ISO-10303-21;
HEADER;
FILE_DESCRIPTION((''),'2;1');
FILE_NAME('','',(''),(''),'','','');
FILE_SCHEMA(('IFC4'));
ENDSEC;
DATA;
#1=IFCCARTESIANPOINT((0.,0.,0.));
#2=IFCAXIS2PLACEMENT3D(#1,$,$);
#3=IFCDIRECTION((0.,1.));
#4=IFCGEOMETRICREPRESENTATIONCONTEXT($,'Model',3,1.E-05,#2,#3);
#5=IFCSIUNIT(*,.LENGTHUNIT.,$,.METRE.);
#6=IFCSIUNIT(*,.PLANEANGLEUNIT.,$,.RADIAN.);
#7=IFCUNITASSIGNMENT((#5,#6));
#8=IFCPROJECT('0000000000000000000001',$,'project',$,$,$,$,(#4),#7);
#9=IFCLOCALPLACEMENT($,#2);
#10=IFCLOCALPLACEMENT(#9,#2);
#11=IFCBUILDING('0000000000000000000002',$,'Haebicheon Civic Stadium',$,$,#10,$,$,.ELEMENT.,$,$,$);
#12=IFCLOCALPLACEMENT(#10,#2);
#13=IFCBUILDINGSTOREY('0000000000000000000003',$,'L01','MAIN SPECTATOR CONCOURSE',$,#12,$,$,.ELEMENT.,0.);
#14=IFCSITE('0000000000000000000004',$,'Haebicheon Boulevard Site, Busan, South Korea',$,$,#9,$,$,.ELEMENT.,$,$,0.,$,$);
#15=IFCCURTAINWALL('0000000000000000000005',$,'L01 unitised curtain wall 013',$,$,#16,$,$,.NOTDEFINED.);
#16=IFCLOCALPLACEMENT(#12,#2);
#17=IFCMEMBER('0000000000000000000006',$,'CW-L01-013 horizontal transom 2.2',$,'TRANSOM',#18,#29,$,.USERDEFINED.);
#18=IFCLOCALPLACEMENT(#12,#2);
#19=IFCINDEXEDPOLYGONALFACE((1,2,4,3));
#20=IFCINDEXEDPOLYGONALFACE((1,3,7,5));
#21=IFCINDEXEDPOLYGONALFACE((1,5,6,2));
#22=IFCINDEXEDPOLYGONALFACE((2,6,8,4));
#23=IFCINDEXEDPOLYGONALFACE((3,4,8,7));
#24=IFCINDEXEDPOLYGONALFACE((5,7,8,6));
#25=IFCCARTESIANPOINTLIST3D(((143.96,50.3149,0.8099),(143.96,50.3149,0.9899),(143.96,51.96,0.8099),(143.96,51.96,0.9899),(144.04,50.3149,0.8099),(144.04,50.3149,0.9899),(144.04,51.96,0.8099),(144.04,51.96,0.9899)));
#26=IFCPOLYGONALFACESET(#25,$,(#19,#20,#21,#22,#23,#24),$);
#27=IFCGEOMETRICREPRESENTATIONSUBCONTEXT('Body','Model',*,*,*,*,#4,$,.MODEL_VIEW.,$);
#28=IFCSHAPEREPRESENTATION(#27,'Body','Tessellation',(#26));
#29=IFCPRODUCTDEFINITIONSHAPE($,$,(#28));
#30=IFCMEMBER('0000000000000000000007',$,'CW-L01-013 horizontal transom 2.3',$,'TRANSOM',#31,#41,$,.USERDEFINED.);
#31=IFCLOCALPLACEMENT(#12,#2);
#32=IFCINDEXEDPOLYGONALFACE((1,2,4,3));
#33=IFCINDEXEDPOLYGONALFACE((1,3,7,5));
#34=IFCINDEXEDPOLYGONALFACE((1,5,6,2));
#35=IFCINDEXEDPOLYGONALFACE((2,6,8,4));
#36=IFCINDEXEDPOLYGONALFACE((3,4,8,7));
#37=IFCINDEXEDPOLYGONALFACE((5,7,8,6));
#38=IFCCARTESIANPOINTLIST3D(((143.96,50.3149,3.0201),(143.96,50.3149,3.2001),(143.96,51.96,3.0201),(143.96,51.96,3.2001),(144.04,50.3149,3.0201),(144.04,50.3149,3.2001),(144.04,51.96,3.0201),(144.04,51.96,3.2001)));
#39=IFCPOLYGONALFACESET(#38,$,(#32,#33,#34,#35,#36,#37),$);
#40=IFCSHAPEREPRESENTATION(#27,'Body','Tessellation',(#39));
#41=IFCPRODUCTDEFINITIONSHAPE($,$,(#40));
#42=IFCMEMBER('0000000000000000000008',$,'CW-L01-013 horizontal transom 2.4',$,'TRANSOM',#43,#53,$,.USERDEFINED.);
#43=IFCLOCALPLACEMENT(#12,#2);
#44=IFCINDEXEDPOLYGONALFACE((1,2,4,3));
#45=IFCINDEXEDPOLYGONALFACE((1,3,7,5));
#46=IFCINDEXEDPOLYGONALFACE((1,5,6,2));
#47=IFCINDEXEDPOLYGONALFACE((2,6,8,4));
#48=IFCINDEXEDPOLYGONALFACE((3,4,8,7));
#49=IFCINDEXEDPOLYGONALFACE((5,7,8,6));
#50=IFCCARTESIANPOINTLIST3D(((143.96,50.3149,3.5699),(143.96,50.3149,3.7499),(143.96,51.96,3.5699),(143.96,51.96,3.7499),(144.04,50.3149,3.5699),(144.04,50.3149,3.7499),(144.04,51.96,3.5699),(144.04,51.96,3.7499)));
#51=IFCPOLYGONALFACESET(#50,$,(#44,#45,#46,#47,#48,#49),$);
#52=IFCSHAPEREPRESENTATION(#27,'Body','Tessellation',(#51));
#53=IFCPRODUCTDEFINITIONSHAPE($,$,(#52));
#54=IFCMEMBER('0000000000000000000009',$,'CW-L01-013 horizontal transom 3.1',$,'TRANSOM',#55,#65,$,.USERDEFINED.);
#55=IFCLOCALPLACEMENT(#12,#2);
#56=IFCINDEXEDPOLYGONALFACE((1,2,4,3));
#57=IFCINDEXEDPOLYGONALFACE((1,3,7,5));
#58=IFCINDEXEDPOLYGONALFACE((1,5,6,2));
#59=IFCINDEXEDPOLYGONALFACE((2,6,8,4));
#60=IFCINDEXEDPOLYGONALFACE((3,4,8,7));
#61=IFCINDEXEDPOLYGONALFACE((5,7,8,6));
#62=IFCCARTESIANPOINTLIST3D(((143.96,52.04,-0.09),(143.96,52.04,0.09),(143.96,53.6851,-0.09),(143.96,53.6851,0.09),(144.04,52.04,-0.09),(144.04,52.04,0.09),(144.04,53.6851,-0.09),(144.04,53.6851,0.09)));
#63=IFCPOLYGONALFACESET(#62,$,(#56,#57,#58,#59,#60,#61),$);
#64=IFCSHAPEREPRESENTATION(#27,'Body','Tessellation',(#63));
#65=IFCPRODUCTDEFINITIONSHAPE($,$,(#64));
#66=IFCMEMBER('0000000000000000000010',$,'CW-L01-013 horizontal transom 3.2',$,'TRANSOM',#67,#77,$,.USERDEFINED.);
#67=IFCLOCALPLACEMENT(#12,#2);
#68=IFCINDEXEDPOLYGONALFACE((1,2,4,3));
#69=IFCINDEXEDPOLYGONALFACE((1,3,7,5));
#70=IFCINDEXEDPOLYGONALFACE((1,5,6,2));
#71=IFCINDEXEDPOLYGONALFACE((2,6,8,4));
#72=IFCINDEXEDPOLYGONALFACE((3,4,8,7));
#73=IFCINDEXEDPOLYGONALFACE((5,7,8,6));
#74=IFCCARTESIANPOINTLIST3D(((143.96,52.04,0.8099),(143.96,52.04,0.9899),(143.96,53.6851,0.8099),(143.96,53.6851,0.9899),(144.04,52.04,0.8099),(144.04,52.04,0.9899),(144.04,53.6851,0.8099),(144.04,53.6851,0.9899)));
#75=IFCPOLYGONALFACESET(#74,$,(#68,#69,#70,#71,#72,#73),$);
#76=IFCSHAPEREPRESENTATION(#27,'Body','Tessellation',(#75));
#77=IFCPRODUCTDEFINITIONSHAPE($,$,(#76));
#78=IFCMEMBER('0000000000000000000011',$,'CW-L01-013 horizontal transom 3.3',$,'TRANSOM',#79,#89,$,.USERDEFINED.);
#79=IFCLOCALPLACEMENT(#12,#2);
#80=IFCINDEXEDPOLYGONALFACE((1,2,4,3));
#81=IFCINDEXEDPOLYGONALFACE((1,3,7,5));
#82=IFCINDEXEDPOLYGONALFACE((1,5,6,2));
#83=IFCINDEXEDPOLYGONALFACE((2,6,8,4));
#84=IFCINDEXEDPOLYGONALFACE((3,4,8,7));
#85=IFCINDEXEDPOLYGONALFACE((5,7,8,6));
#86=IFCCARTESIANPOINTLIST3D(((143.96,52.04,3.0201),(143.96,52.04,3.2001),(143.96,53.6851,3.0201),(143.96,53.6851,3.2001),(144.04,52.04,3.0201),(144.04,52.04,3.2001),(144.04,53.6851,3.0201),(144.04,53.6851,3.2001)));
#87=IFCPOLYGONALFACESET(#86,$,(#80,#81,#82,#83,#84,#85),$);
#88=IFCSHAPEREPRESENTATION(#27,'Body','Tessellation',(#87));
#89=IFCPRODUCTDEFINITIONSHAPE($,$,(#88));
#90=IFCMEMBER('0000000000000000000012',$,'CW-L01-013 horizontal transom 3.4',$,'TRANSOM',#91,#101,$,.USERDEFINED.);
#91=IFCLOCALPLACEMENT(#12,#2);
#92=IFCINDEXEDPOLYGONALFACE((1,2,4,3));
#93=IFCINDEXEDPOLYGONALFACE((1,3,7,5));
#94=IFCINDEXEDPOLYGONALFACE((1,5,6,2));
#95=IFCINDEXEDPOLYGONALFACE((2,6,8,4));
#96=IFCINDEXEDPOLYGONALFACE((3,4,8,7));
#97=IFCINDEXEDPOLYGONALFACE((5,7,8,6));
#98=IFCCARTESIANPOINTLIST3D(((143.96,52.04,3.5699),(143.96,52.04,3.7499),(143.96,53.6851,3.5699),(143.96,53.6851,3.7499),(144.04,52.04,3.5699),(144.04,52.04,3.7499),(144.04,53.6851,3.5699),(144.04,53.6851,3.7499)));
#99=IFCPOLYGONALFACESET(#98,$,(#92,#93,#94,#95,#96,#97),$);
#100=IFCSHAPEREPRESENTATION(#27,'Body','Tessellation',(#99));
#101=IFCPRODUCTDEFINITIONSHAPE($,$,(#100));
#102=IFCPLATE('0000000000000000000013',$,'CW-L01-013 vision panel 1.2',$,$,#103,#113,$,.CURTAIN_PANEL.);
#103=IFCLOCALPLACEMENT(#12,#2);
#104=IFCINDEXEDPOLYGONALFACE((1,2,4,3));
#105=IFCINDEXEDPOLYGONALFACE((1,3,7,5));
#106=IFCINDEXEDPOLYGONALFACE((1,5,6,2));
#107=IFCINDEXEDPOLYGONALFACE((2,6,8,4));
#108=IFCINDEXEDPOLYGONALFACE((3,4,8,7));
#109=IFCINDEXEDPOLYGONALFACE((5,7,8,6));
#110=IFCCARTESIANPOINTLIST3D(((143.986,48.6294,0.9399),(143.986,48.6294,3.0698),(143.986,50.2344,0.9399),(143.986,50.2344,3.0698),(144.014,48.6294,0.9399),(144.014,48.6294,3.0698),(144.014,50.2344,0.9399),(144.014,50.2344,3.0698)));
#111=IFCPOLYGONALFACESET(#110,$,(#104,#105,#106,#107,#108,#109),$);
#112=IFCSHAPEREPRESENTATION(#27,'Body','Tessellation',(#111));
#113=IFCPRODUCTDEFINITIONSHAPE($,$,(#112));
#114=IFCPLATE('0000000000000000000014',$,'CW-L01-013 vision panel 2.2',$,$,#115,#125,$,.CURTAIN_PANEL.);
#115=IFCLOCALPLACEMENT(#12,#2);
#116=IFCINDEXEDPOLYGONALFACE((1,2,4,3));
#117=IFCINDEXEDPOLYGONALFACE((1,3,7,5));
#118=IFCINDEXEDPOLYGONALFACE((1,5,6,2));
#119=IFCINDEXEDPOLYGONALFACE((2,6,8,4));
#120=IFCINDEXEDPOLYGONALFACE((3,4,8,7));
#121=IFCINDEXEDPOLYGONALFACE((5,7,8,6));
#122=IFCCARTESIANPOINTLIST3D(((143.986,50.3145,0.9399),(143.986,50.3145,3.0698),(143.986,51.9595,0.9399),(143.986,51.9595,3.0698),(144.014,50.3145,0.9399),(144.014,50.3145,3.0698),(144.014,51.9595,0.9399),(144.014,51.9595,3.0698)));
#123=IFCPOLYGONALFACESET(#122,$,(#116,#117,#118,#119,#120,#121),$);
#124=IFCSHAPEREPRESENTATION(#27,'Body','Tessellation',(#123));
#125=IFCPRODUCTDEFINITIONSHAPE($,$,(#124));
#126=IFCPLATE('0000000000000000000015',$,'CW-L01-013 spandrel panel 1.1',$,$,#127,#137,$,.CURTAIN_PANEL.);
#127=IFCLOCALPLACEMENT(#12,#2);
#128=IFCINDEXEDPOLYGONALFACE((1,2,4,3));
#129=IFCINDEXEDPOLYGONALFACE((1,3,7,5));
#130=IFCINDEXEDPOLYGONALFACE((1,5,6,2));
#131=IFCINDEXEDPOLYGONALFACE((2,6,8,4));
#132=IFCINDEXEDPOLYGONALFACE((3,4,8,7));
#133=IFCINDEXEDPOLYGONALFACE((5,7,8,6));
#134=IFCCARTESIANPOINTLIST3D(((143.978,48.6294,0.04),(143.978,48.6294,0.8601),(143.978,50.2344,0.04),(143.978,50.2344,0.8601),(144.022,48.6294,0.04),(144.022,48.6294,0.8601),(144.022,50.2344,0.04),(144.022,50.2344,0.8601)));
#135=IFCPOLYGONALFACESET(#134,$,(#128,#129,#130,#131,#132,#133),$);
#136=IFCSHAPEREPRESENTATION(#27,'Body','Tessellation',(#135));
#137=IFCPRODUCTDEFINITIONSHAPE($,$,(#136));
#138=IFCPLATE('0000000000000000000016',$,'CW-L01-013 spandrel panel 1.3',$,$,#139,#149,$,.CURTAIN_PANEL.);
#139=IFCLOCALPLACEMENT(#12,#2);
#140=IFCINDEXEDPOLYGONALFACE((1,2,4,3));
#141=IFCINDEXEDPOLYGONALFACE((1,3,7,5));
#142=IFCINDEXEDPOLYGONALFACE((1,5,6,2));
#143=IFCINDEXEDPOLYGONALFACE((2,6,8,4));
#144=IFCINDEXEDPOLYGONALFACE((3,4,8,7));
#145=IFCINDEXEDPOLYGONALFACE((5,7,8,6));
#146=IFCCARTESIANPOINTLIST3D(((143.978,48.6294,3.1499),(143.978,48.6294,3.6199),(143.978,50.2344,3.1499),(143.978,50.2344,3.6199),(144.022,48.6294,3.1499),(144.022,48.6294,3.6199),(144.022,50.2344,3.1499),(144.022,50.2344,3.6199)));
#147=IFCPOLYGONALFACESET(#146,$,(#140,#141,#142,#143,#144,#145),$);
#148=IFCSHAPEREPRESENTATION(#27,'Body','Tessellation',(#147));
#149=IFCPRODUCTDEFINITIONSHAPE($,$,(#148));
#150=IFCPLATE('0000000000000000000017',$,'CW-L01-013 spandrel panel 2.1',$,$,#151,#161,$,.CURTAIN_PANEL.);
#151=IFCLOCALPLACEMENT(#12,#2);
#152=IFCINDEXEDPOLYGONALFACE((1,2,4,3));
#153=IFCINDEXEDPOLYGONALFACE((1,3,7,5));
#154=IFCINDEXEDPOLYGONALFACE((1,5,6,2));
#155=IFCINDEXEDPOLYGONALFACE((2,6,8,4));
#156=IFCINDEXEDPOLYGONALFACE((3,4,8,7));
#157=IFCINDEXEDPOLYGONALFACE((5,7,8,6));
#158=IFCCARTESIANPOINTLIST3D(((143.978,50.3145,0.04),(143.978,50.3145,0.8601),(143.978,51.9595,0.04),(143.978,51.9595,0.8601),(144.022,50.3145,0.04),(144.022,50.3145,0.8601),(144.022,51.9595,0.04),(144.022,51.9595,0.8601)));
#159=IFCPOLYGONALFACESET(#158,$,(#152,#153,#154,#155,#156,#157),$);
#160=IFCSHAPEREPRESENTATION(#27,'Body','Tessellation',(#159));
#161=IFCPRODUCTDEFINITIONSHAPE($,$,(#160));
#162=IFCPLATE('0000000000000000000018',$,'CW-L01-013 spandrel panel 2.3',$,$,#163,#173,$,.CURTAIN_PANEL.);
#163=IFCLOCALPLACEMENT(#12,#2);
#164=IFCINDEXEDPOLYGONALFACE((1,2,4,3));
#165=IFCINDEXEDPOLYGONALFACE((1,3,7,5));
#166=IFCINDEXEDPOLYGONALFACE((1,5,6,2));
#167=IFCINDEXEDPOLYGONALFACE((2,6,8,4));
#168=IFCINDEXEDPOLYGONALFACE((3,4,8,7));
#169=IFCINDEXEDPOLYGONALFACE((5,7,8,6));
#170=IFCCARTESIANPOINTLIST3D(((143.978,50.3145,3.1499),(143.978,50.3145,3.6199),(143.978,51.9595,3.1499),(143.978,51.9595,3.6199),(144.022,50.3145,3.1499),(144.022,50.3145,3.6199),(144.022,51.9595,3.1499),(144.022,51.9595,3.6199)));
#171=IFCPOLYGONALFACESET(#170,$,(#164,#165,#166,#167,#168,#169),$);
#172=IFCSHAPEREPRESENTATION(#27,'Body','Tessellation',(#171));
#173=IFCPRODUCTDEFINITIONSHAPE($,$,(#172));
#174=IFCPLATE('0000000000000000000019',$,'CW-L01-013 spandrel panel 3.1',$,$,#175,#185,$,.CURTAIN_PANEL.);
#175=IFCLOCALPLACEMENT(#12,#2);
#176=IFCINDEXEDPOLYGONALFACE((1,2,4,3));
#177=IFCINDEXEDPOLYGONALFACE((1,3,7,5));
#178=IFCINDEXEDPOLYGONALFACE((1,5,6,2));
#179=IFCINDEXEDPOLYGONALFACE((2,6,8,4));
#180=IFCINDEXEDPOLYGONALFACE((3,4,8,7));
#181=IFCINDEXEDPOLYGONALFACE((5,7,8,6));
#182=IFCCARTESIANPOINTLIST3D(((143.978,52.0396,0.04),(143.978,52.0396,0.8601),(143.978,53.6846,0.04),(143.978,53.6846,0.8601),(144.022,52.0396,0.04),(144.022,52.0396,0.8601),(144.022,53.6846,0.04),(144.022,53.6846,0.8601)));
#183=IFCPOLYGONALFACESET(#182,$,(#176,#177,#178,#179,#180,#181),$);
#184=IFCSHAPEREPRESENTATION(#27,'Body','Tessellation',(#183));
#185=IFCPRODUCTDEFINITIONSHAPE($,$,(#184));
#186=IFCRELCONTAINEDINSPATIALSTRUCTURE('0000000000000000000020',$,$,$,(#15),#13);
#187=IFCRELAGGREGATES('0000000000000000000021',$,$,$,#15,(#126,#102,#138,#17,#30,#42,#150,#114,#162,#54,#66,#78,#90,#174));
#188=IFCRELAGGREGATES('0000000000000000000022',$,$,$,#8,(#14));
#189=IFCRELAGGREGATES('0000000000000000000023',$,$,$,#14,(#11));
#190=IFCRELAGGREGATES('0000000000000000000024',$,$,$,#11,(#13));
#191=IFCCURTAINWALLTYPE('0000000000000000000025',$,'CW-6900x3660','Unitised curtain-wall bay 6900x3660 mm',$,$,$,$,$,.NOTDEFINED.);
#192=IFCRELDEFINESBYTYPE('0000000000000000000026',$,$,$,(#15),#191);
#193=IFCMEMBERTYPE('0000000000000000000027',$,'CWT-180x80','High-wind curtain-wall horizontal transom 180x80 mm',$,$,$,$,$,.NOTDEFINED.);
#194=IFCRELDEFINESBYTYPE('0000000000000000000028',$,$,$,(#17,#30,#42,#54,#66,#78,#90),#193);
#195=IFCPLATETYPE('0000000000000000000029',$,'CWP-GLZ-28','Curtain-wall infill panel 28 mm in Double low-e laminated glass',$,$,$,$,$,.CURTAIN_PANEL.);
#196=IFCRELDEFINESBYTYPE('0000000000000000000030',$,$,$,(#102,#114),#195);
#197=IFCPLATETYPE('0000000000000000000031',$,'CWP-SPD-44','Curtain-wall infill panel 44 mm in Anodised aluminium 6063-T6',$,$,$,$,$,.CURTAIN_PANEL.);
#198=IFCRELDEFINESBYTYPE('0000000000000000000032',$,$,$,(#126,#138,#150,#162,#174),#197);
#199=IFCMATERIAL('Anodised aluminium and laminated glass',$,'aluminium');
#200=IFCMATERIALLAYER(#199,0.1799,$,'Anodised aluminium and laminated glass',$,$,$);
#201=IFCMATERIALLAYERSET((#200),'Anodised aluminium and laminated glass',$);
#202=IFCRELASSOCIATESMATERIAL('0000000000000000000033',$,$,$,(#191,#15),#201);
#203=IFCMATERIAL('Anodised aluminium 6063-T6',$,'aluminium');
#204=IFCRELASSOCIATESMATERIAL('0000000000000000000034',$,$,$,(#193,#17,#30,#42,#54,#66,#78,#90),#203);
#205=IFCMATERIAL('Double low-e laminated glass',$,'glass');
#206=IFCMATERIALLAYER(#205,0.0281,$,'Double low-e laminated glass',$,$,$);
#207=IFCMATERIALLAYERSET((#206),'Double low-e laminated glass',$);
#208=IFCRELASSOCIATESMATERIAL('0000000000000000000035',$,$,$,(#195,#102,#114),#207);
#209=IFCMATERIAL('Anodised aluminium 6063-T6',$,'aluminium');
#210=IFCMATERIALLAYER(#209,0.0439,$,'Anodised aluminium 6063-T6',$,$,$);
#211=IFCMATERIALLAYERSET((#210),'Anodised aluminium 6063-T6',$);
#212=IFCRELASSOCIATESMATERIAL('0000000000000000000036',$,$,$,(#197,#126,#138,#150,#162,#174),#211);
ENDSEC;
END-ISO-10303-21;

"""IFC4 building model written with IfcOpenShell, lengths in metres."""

from ifc_helpers import new_model, si_unit, direction, frame, origin, origin_2d, place, context, subcontext, project, spatial, rectangle, extrude, material, layer, layer_set, material_profile, profile_set, type_object, element, aggregate, save


model = new_model("IFC4")

# Units and contexts
model_context = context("Model", 3, precision=1e-05, world=origin(), true_north=direction((0.0, 1.0)))
body_context = subcontext(model_context, "Body", "Model", "MODEL_VIEW")
ifc_project = project(units=[si_unit("LENGTHUNIT", "METRE"), si_unit("PLANEANGLEUNIT", "RADIAN")], contexts=[model_context])

# Site, building, storey
site_placement = place(None, origin())
site = spatial("IfcSite", under=ifc_project, at=site_placement, Name="Haebicheon Boulevard Site, Busan, South Korea", CompositionType="ELEMENT", RefElevation=0.0)
building_placement = place(site_placement, origin())
building = spatial("IfcBuilding", under=site, at=building_placement, Name="Haebicheon Civic Stadium", CompositionType="ELEMENT")
storey_placement = place(building_placement, origin())
storey = spatial("IfcBuildingStorey", under=building, at=storey_placement, Name="L01", Description="MAIN SPECTATOR CONCOURSE", CompositionType="ELEMENT", Elevation=0.0)

# Curtain wall, members, plates
ifc_material_1 = material(Name="Anodised aluminium and laminated glass", Category="aluminium")
ifc_layer_1 = layer(ifc_material_1, 0.1799, Name="Anodised aluminium and laminated glass")
ifc_layer_set_1 = layer_set([ifc_layer_1], Name="Anodised aluminium and laminated glass")
curtain_wall_type = type_object("IfcCurtainWallType", Name="CW-6900x3660", Description="Unitised curtain-wall bay 6900x3660 mm", PredefinedType="NOTDEFINED", material=ifc_layer_set_1)
curtain_wall_placement = place(storey_placement, origin())
curtain_wall = element("IfcCurtainWall", 1, at=curtain_wall_placement, inside=storey, type_object=curtain_wall_type, material=ifc_layer_set_1, Name="L01 unitised curtain wall 013", PredefinedType="NOTDEFINED")
ifc_material_2 = material(Name="Anodised aluminium 6063-T6", Category="aluminium")
ifc_material_profile_1 = material_profile(ifc_material_2, rectangle(XDim=0.0801, YDim=0.1799, at=origin_2d()), Name="ALU-TRAN-80x180")
ifc_profile_set_1 = profile_set([ifc_material_profile_1], Name="Anodised aluminium 6063-T6")
member_type_1 = type_object("IfcMemberType", Name="CWT-180x80", Description="High-wind curtain-wall horizontal transom 180x80 mm", PredefinedType="NOTDEFINED", material=ifc_profile_set_1)
member_1_placement = place(storey_placement, frame((144.0, 50.3149, 0.8999), z_axis=(0.0, 1.0, 0.0), x_axis=(-1.0, 0.0, 0.0)))
member_1 = element("IfcMember", 2, at=member_1_placement, type_object=member_type_1, material=ifc_profile_set_1, Name="CW-L01-013 horizontal transom 2.2", ObjectType="TRANSOM", PredefinedType="USERDEFINED", context=body_context, shape_type="SweptSolid", body=[
    extrude(rectangle(XDim=0.0801, YDim=0.1799, at=origin_2d()), origin(), (0.0, 0.0, 1.0), 1.645),
])
member_2_placement = place(storey_placement, frame((144.0, 50.3149, 3.1101), z_axis=(0.0, 1.0, 0.0), x_axis=(-1.0, 0.0, 0.0)))
member_2 = element("IfcMember", 3, at=member_2_placement, type_object=member_type_1, material=ifc_profile_set_1, Name="CW-L01-013 horizontal transom 2.3", ObjectType="TRANSOM", PredefinedType="USERDEFINED", context=body_context, shape_type="SweptSolid", body=[
    extrude(rectangle(XDim=0.0801, YDim=0.1799, at=origin_2d()), origin(), (0.0, 0.0, 1.0), 1.645),
])
member_3_placement = place(storey_placement, frame((144.0, 50.3149, 3.6599), z_axis=(0.0, 1.0, 0.0), x_axis=(-1.0, 0.0, 0.0)))
member_3 = element("IfcMember", 4, at=member_3_placement, type_object=member_type_1, material=ifc_profile_set_1, Name="CW-L01-013 horizontal transom 2.4", ObjectType="TRANSOM", PredefinedType="USERDEFINED", context=body_context, shape_type="SweptSolid", body=[
    extrude(rectangle(XDim=0.0801, YDim=0.1799, at=origin_2d()), origin(), (0.0, 0.0, 1.0), 1.645),
])
member_4_placement = place(storey_placement, frame((144.0, 52.04, 0.0), z_axis=(0.0, 1.0, 0.0), x_axis=(-1.0, 0.0, 0.0)))
member_4 = element("IfcMember", 5, at=member_4_placement, type_object=member_type_1, material=ifc_profile_set_1, Name="CW-L01-013 horizontal transom 3.1", ObjectType="TRANSOM", PredefinedType="USERDEFINED", context=body_context, shape_type="SweptSolid", body=[
    extrude(rectangle(XDim=0.0801, YDim=0.1799, at=origin_2d()), origin(), (0.0, 0.0, 1.0), 1.645),
])
member_5_placement = place(storey_placement, frame((144.0, 52.04, 0.8999), z_axis=(0.0, 1.0, 0.0), x_axis=(-1.0, 0.0, 0.0)))
member_5 = element("IfcMember", 6, at=member_5_placement, type_object=member_type_1, material=ifc_profile_set_1, Name="CW-L01-013 horizontal transom 3.2", ObjectType="TRANSOM", PredefinedType="USERDEFINED", context=body_context, shape_type="SweptSolid", body=[
    extrude(rectangle(XDim=0.0801, YDim=0.1799, at=origin_2d()), origin(), (0.0, 0.0, 1.0), 1.645),
])
member_6_placement = place(storey_placement, frame((144.0, 52.04, 3.1101), z_axis=(0.0, 1.0, 0.0), x_axis=(-1.0, 0.0, 0.0)))
member_6 = element("IfcMember", 7, at=member_6_placement, type_object=member_type_1, material=ifc_profile_set_1, Name="CW-L01-013 horizontal transom 3.3", ObjectType="TRANSOM", PredefinedType="USERDEFINED", context=body_context, shape_type="SweptSolid", body=[
    extrude(rectangle(XDim=0.0801, YDim=0.1799, at=origin_2d()), origin(), (0.0, 0.0, 1.0), 1.645),
])
member_7_placement = place(storey_placement, frame((144.0, 52.04, 3.6599), z_axis=(0.0, 1.0, 0.0), x_axis=(-1.0, 0.0, 0.0)))
member_7 = element("IfcMember", 8, at=member_7_placement, type_object=member_type_1, material=ifc_profile_set_1, Name="CW-L01-013 horizontal transom 3.4", ObjectType="TRANSOM", PredefinedType="USERDEFINED", context=body_context, shape_type="SweptSolid", body=[
    extrude(rectangle(XDim=0.0801, YDim=0.1799, at=origin_2d()), origin(), (0.0, 0.0, 1.0), 1.645),
])
ifc_material_3 = material(Name="Double low-e laminated glass", Category="glass")
ifc_layer_2 = layer(ifc_material_3, 0.0281, Name="Double low-e laminated glass")
ifc_layer_set_2 = layer_set([ifc_layer_2], Name="Double low-e laminated glass")
plate_type_1 = type_object("IfcPlateType", Name="CWP-GLZ-28", Description="Curtain-wall infill panel 28 mm in Double low-e laminated glass", PredefinedType="CURTAIN_PANEL", material=ifc_layer_set_2)
plate_1_placement = place(storey_placement, frame((144.0, 49.4319, 0.9399), z_axis=(0.0, 0.0, 1.0), x_axis=(0.0, 1.0, 0.0)))
plate_1 = element("IfcPlate", 9, at=plate_1_placement, type_object=plate_type_1, material=ifc_layer_set_2, Name="CW-L01-013 vision panel 1.2", PredefinedType="CURTAIN_PANEL", context=body_context, shape_type="SweptSolid", body=[
    extrude(rectangle(XDim=1.605, YDim=0.0281, at=origin_2d()), origin(), (0.0, 0.0, 1.0), 2.1299),
])
plate_2_placement = place(storey_placement, frame((144.0, 51.137, 0.9399), z_axis=(0.0, 0.0, 1.0), x_axis=(0.0, 1.0, 0.0)))
plate_2 = element("IfcPlate", 10, at=plate_2_placement, type_object=plate_type_1, material=ifc_layer_set_2, Name="CW-L01-013 vision panel 2.2", PredefinedType="CURTAIN_PANEL", context=body_context, shape_type="SweptSolid", body=[
    extrude(rectangle(XDim=1.645, YDim=0.0281, at=origin_2d()), origin(), (0.0, 0.0, 1.0), 2.1299),
])
ifc_material_4 = material(Name="Anodised aluminium 6063-T6", Category="aluminium")
ifc_layer_3 = layer(ifc_material_4, 0.0439, Name="Anodised aluminium 6063-T6")
ifc_layer_set_3 = layer_set([ifc_layer_3], Name="Anodised aluminium 6063-T6")
plate_type_2 = type_object("IfcPlateType", Name="CWP-SPD-44", Description="Curtain-wall infill panel 44 mm in Anodised aluminium 6063-T6", PredefinedType="CURTAIN_PANEL", material=ifc_layer_set_3)
plate_3_placement = place(storey_placement, frame((144.0, 49.4319, 0.04), z_axis=(0.0, 0.0, 1.0), x_axis=(0.0, 1.0, 0.0)))
plate_3 = element("IfcPlate", 11, at=plate_3_placement, type_object=plate_type_2, material=ifc_layer_set_3, Name="CW-L01-013 spandrel panel 1.1", PredefinedType="CURTAIN_PANEL", context=body_context, shape_type="SweptSolid", body=[
    extrude(rectangle(XDim=1.605, YDim=0.0439, at=origin_2d()), origin(), (0.0, 0.0, 1.0), 0.8201),
])
plate_4_placement = place(storey_placement, frame((144.0, 49.4319, 3.1499), z_axis=(0.0, 0.0, 1.0), x_axis=(0.0, 1.0, 0.0)))
plate_4 = element("IfcPlate", 12, at=plate_4_placement, type_object=plate_type_2, material=ifc_layer_set_3, Name="CW-L01-013 spandrel panel 1.3", PredefinedType="CURTAIN_PANEL", context=body_context, shape_type="SweptSolid", body=[
    extrude(rectangle(XDim=1.605, YDim=0.0439, at=origin_2d()), origin(), (0.0, 0.0, 1.0), 0.47),
])
plate_5_placement = place(storey_placement, frame((144.0, 51.137, 0.04), z_axis=(0.0, 0.0, 1.0), x_axis=(0.0, 1.0, 0.0)))
plate_5 = element("IfcPlate", 13, at=plate_5_placement, type_object=plate_type_2, material=ifc_layer_set_3, Name="CW-L01-013 spandrel panel 2.1", PredefinedType="CURTAIN_PANEL", context=body_context, shape_type="SweptSolid", body=[
    extrude(rectangle(XDim=1.645, YDim=0.0439, at=origin_2d()), origin(), (0.0, 0.0, 1.0), 0.8201),
])
plate_6_placement = place(storey_placement, frame((144.0, 51.137, 3.1499), z_axis=(0.0, 0.0, 1.0), x_axis=(0.0, 1.0, 0.0)))
plate_6 = element("IfcPlate", 14, at=plate_6_placement, type_object=plate_type_2, material=ifc_layer_set_3, Name="CW-L01-013 spandrel panel 2.3", PredefinedType="CURTAIN_PANEL", context=body_context, shape_type="SweptSolid", body=[
    extrude(rectangle(XDim=1.645, YDim=0.0439, at=origin_2d()), origin(), (0.0, 0.0, 1.0), 0.47),
])
plate_7_placement = place(storey_placement, frame((144.0, 52.8621, 0.04), z_axis=(0.0, 0.0, 1.0), x_axis=(0.0, 1.0, 0.0)))
plate_7 = element("IfcPlate", 15, at=plate_7_placement, type_object=plate_type_2, material=ifc_layer_set_3, Name="CW-L01-013 spandrel panel 3.1", PredefinedType="CURTAIN_PANEL", context=body_context, shape_type="SweptSolid", body=[
    extrude(rectangle(XDim=1.645, YDim=0.0439, at=origin_2d()), origin(), (0.0, 0.0, 1.0), 0.8201),
])
aggregate(curtain_wall, [plate_3, plate_1, plate_4, member_1, member_2, member_3, plate_5, plate_2, plate_6, member_4, member_5, member_6, member_7, plate_7])

save(model, "model.ifc")
